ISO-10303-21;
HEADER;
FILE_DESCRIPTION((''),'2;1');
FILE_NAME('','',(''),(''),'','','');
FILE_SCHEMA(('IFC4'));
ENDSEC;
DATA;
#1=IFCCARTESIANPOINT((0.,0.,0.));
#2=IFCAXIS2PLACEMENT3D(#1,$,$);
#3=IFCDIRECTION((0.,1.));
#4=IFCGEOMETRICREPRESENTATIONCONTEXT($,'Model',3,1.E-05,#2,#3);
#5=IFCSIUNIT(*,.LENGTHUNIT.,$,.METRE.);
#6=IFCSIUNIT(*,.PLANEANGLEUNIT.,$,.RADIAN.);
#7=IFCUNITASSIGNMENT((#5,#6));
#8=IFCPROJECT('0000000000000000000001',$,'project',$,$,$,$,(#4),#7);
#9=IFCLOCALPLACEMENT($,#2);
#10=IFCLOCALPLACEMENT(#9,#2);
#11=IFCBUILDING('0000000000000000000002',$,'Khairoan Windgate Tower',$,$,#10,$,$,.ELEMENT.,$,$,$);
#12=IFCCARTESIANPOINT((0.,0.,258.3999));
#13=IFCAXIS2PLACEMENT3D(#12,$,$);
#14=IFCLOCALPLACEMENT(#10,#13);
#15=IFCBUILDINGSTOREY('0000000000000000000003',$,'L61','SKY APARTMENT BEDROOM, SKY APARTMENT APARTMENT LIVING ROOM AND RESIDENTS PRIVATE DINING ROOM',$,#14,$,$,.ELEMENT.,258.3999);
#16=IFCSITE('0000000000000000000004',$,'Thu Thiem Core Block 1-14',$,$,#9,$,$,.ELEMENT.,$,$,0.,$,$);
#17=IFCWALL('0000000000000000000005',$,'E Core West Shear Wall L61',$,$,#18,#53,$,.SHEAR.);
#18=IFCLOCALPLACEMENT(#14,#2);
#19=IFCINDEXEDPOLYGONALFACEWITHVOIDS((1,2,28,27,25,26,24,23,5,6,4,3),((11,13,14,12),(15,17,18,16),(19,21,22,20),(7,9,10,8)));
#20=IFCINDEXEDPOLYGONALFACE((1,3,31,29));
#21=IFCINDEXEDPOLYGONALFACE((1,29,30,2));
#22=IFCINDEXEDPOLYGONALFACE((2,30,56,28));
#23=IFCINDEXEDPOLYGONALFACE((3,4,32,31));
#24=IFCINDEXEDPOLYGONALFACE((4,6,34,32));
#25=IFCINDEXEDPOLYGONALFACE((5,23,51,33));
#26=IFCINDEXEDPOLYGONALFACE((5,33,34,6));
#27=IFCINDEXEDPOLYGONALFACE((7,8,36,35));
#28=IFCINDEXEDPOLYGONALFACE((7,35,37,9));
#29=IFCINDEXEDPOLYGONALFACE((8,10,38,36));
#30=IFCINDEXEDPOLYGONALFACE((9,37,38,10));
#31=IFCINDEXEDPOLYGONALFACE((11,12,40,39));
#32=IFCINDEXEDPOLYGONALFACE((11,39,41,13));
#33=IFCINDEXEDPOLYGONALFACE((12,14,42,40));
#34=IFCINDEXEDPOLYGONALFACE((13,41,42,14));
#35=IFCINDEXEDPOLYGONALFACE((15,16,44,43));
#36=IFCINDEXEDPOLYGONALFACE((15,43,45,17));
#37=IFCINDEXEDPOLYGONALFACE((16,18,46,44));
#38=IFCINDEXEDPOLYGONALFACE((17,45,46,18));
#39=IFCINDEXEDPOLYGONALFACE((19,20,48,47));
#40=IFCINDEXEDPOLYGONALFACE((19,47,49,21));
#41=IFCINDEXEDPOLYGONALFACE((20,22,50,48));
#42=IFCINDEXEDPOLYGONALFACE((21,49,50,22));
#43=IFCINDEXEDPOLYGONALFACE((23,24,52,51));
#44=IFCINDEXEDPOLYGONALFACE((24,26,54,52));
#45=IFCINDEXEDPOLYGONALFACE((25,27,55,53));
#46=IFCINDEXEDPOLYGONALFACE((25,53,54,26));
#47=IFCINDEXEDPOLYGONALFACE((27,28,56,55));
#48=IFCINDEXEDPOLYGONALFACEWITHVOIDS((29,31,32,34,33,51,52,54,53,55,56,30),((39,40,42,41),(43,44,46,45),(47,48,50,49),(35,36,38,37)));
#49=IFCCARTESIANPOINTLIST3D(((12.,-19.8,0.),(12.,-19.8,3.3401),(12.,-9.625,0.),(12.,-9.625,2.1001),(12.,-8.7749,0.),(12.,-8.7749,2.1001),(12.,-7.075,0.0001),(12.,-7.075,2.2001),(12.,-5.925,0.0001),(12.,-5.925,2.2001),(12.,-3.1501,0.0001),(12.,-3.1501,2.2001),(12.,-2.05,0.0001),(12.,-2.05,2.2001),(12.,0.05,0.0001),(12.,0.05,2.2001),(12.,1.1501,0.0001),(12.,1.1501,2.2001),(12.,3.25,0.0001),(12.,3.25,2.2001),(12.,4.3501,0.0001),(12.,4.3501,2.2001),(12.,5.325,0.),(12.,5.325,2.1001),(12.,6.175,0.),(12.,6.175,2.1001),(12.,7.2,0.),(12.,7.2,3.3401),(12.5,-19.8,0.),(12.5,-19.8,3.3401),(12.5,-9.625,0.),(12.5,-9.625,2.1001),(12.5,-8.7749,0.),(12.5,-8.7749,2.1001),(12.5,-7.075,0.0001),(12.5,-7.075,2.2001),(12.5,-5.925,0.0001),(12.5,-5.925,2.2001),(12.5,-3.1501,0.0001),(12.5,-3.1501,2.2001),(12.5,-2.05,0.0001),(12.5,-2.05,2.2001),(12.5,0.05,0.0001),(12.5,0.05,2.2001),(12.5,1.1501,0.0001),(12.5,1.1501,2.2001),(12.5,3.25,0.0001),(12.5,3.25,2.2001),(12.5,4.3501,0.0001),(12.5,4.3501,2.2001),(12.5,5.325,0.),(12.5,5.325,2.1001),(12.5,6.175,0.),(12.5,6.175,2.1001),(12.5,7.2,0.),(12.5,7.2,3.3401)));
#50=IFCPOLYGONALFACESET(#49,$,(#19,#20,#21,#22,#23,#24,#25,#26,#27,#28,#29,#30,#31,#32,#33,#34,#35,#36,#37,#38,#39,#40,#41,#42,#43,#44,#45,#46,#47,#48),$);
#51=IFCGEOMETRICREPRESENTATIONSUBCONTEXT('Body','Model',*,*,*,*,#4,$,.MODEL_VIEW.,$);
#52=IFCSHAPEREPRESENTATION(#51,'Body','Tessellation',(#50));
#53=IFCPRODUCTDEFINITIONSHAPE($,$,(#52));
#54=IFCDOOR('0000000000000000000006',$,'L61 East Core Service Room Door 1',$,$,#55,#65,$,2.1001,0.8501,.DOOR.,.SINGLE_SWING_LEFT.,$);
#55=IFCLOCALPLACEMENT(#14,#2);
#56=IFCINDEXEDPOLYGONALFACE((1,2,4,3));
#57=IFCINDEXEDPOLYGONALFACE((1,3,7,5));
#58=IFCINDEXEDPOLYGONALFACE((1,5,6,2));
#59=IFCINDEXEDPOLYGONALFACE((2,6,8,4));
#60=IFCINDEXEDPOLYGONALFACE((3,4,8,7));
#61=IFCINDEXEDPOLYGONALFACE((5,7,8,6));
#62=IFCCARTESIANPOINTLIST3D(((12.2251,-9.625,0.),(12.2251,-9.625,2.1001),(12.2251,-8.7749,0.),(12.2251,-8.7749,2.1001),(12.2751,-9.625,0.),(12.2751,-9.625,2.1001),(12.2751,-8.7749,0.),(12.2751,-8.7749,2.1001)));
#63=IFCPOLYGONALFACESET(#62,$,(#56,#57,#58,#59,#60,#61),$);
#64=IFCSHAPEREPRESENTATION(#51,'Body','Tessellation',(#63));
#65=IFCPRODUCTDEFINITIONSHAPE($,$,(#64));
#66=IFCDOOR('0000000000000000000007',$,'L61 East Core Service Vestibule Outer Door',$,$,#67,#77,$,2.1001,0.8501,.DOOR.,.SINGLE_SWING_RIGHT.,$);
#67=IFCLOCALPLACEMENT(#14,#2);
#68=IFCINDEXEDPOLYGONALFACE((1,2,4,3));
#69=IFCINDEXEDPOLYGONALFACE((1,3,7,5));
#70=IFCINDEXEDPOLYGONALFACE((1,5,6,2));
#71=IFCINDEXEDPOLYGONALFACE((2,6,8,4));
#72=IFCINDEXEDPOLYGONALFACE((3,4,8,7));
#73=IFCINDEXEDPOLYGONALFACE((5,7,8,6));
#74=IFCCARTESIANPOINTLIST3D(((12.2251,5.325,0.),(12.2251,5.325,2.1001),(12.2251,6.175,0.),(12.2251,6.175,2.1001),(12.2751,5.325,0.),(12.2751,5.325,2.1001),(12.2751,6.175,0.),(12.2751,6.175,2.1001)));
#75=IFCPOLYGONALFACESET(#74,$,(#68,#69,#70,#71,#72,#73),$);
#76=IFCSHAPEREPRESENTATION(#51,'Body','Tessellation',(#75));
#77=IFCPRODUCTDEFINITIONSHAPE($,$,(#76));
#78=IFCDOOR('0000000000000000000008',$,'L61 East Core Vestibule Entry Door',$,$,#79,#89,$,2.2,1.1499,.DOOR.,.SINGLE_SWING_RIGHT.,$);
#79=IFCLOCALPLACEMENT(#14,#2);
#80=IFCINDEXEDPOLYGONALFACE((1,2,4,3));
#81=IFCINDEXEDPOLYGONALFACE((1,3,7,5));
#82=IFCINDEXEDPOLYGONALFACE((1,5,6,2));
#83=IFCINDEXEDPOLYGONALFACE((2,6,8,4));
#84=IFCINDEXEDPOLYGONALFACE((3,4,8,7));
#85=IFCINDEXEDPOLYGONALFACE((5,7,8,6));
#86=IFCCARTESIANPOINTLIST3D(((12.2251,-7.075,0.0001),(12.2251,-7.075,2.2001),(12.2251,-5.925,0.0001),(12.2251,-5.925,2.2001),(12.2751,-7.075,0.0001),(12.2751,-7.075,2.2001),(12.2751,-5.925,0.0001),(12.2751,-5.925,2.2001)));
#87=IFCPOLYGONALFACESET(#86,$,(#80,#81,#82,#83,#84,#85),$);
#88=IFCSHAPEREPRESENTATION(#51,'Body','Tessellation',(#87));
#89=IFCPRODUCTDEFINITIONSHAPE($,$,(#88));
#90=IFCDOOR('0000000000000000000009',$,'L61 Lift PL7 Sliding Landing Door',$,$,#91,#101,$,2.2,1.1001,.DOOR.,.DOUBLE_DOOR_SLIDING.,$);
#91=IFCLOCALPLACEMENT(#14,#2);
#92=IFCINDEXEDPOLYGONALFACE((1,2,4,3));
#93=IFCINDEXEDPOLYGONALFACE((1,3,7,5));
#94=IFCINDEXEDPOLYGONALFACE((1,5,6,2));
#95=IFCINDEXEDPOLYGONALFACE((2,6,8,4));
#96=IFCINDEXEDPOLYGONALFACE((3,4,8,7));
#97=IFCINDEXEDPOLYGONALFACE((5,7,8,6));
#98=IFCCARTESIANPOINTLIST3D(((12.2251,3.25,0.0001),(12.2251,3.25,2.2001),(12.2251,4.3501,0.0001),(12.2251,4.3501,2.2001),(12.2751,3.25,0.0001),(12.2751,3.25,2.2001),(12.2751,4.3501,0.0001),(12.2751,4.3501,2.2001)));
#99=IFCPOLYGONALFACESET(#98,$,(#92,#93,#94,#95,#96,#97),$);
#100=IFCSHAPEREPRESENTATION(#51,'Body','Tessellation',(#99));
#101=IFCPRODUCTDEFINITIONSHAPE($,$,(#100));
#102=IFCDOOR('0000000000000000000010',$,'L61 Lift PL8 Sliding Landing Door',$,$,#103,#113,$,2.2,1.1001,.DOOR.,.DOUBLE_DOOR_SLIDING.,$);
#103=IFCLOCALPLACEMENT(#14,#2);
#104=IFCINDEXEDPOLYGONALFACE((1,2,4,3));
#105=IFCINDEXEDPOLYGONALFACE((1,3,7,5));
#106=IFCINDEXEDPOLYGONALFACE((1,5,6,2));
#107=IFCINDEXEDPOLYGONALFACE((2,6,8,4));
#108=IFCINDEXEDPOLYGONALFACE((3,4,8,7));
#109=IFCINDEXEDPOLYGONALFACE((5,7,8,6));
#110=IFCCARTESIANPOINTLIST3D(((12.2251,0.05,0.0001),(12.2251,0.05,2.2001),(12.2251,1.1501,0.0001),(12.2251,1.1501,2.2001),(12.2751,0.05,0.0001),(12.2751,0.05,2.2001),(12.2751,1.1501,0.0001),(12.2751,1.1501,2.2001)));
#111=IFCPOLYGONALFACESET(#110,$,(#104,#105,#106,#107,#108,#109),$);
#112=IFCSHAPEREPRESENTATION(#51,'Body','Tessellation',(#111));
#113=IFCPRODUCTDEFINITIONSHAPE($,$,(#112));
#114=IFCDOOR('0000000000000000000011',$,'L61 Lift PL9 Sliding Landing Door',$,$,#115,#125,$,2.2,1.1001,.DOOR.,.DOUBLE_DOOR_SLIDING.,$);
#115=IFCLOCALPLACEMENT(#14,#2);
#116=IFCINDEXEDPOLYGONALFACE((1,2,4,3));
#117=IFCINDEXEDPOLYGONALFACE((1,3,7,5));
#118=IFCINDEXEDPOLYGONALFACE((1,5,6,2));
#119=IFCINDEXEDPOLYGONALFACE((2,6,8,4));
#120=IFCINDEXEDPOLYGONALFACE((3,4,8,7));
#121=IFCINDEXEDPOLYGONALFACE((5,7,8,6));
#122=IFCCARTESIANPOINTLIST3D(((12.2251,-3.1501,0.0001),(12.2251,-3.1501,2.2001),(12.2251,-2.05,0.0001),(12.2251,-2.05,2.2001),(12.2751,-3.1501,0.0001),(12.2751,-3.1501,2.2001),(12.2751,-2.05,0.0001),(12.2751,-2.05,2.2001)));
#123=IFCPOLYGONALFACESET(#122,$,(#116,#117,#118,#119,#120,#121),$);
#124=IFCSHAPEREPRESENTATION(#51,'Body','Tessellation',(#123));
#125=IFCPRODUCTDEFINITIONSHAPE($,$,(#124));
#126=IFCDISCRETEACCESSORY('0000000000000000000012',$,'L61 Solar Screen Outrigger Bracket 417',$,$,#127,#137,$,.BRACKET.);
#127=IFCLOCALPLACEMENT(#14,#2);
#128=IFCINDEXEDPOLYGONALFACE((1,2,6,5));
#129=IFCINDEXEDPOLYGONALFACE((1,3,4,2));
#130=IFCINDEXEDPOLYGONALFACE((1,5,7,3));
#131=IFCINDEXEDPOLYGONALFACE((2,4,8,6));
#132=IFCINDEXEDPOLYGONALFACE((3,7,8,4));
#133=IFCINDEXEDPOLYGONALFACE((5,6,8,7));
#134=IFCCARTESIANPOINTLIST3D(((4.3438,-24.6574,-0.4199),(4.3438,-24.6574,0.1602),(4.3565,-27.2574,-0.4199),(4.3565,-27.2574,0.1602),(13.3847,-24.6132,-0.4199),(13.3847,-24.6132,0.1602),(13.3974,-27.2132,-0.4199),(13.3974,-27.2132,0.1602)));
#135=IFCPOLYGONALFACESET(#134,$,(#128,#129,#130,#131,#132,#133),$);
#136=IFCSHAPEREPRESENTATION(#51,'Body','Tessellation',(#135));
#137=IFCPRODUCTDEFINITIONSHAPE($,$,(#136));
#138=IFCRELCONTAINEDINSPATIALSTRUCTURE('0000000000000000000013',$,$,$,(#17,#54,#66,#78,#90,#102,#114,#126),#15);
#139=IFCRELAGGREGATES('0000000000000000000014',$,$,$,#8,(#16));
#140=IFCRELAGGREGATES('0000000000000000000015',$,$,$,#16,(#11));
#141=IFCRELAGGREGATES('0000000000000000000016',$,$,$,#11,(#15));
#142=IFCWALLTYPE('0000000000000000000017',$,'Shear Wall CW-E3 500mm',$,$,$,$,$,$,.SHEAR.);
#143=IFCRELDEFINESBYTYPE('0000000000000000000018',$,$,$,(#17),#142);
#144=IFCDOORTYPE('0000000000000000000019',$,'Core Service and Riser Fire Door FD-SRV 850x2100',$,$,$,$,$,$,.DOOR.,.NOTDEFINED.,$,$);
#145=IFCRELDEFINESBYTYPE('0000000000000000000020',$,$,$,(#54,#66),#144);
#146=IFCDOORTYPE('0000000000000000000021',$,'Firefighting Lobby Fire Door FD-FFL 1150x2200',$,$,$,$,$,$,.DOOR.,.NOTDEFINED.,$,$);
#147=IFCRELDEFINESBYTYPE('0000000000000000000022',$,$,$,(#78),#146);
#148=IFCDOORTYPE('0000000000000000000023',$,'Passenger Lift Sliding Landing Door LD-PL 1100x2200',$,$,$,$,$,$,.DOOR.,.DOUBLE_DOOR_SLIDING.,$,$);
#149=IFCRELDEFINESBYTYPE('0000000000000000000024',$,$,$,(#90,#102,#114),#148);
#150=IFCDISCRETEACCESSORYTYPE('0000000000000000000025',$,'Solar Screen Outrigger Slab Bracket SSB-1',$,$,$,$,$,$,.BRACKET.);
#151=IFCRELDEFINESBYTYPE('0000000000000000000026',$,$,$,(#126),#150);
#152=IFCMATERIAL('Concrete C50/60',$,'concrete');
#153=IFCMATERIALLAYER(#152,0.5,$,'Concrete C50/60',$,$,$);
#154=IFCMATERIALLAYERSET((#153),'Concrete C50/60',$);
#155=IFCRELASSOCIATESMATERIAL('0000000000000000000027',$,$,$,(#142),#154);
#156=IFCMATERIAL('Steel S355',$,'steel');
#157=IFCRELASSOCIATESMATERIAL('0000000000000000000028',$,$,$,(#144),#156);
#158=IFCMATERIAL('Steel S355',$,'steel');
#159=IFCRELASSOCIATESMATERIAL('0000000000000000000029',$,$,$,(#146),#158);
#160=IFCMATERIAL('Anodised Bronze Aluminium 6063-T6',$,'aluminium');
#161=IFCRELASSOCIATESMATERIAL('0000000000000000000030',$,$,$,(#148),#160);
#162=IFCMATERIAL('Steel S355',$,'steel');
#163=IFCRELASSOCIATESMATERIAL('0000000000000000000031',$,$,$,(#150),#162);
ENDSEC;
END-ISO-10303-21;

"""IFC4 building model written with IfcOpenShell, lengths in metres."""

from ifc_helpers import new_model, si_unit, direction, frame, frame_2d, origin, origin_2d, place, context, subcontext, project, spatial, rectangle, extrude, material, layer, layer_set, type_object, element, fill, save


model = new_model("IFC4")

# Units and contexts
model_context = context("Model", 3, precision=1e-05, world=origin(), true_north=direction((0.0, 1.0)))
body_context = subcontext(model_context, "Body", "Model", "MODEL_VIEW")
ifc_project = project(units=[si_unit("LENGTHUNIT", "METRE"), si_unit("PLANEANGLEUNIT", "RADIAN")], contexts=[model_context])

# Site, building, storey
site_placement = place(None, origin())
site = spatial("IfcSite", under=ifc_project, at=site_placement, Name="Thu Thiem Core Block 1-14", CompositionType="ELEMENT", RefElevation=0.0)
building_placement = place(site_placement, origin())
building = spatial("IfcBuilding", under=site, at=building_placement, Name="Khairoan Windgate Tower", CompositionType="ELEMENT")
storey_placement = place(building_placement, frame((0.0, 0.0, 258.3999)))
storey = spatial("IfcBuildingStorey", under=building, at=storey_placement, Name="L61", Description="SKY APARTMENT BEDROOM, SKY APARTMENT APARTMENT LIVING ROOM AND RESIDENTS PRIVATE DINING ROOM", CompositionType="ELEMENT", Elevation=258.3999)

# Wall, openings, doors
ifc_material_1 = material(Name="Concrete C50/60", Category="concrete")
ifc_layer_1 = layer(ifc_material_1, 0.5, Name="Concrete C50/60")
ifc_layer_set_1 = layer_set([ifc_layer_1], Name="Concrete C50/60")
wall_type_1 = type_object("IfcWallType", Name="Shear Wall CW-E3 500mm", PredefinedType="SHEAR", material=ifc_layer_set_1)
wall_1_placement = place(storey_placement, frame((12.25, -19.8, 0.0), z_axis=(0.0, 0.0, 1.0), x_axis=(0.0, 1.0, 0.0)))
wall_1 = element("IfcWall", 1, at=wall_1_placement, inside=storey, type_object=wall_type_1, Name="E Core West Shear Wall L61", PredefinedType="SHEAR", context=body_context, shape_type="SweptSolid", body=[
    extrude(rectangle(XDim=27.0, YDim=0.5, at=frame_2d((13.5, 0.0))), origin(), (0.0, 0.0, 1.0), 3.3401),
])
opening_1_placement = place(wall_1_placement, frame((23.05, 0.0, 0.0)))
opening_1 = element("IfcOpeningElement", 2, at=opening_1_placement, cuts=wall_1, PredefinedType="OPENING", context=body_context, shape_type="SweptSolid", body=[
    extrude(rectangle(XDim=1.1001, YDim=2.2, at=frame_2d((0.55, 1.1001))), frame((0.0, 0.26, 0.0), z_axis=(0.0, -1.0, 0.0), x_axis=(1.0, 0.0, 0.0)), (0.0, 0.0, 1.0), 0.52),
])
opening_2_placement = place(wall_1_placement, frame((19.8501, 0.0, 0.0)))
opening_2 = element("IfcOpeningElement", 3, at=opening_2_placement, cuts=wall_1, PredefinedType="OPENING", context=body_context, shape_type="SweptSolid", body=[
    extrude(rectangle(XDim=1.1001, YDim=2.2, at=frame_2d((0.55, 1.1001))), frame((0.0, 0.26, 0.0), z_axis=(0.0, -1.0, 0.0), x_axis=(1.0, 0.0, 0.0)), (0.0, 0.0, 1.0), 0.52),
])
opening_3_placement = place(wall_1_placement, frame((16.6499, 0.0, 0.0)))
opening_3 = element("IfcOpeningElement", 4, at=opening_3_placement, cuts=wall_1, PredefinedType="OPENING", context=body_context, shape_type="SweptSolid", body=[
    extrude(rectangle(XDim=1.1001, YDim=2.2, at=frame_2d((0.55, 1.1001))), frame((0.0, 0.26, 0.0), z_axis=(0.0, -1.0, 0.0), x_axis=(1.0, 0.0, 0.0)), (0.0, 0.0, 1.0), 0.52),
])
opening_4_placement = place(wall_1_placement, frame((10.175, 0.0, 0.0)))
opening_4 = element("IfcOpeningElement", 5, at=opening_4_placement, cuts=wall_1, PredefinedType="OPENING", context=body_context, shape_type="SweptSolid", body=[
    extrude(rectangle(XDim=0.8501, YDim=2.1001, at=frame_2d((0.425, 1.05))), frame((0.0, 0.26, 0.0), z_axis=(0.0, -1.0, 0.0), x_axis=(1.0, 0.0, 0.0)), (0.0, 0.0, 1.0), 0.52),
])
opening_5_placement = place(wall_1_placement, frame((12.7251, 0.0, 0.0)))
opening_5 = element("IfcOpeningElement", 6, at=opening_5_placement, cuts=wall_1, PredefinedType="OPENING", context=body_context, shape_type="SweptSolid", body=[
    extrude(rectangle(XDim=1.1499, YDim=2.2, at=frame_2d((0.575, 1.1001))), frame((0.0, 0.26, 0.0), z_axis=(0.0, -1.0, 0.0), x_axis=(1.0, 0.0, 0.0)), (0.0, 0.0, 1.0), 0.52),
])
opening_6_placement = place(wall_1_placement, frame((25.125, 0.0, 0.0)))
opening_6 = element("IfcOpeningElement", 7, at=opening_6_placement, cuts=wall_1, PredefinedType="OPENING", context=body_context, shape_type="SweptSolid", body=[
    extrude(rectangle(XDim=0.8501, YDim=2.1001, at=frame_2d((0.425, 1.05))), frame((0.0, 0.26, 0.0), z_axis=(0.0, -1.0, 0.0), x_axis=(1.0, 0.0, 0.0)), (0.0, 0.0, 1.0), 0.52),
])
ifc_material_2 = material(Name="Steel S355", Category="steel")
door_type_1 = type_object("IfcDoorType", Name="Core Service and Riser Fire Door FD-SRV 850x2100", OperationType="NOTDEFINED", PredefinedType="DOOR", material=ifc_material_2)
door_1_placement = place(opening_4_placement, origin())
door_1 = element("IfcDoor", 8, at=door_1_placement, inside=storey, type_object=door_type_1, Name="L61 East Core Service Room Door 1", OperationType="SINGLE_SWING_LEFT", OverallHeight=2.1001, OverallWidth=0.8501, PredefinedType="DOOR", context=body_context, shape_type="SweptSolid", body=[
    extrude(rectangle(XDim=0.8501, YDim=2.1001, at=frame_2d((0.425, 1.05))), frame((0.0, 0.0249, 0.0), z_axis=(0.0, -1.0, 0.0), x_axis=(1.0, 0.0, 0.0)), (0.0, 0.0, 1.0), 0.05),
])
fill(opening_4, door_1)
door_2_placement = place(opening_6_placement, origin())
door_2 = element("IfcDoor", 9, at=door_2_placement, inside=storey, type_object=door_type_1, Name="L61 East Core Service Vestibule Outer Door", OperationType="SINGLE_SWING_RIGHT", OverallHeight=2.1001, OverallWidth=0.8501, PredefinedType="DOOR", context=body_context, shape_type="SweptSolid", body=[
    extrude(rectangle(XDim=0.8501, YDim=2.1001, at=frame_2d((0.425, 1.05))), frame((0.0, 0.0249, 0.0), z_axis=(0.0, -1.0, 0.0), x_axis=(1.0, 0.0, 0.0)), (0.0, 0.0, 1.0), 0.05),
])
fill(opening_6, door_2)
ifc_material_3 = material(Name="Steel S355", Category="steel")
door_type_2 = type_object("IfcDoorType", Name="Firefighting Lobby Fire Door FD-FFL 1150x2200", OperationType="NOTDEFINED", PredefinedType="DOOR", material=ifc_material_3)
door_3_placement = place(opening_5_placement, origin())
door_3 = element("IfcDoor", 10, at=door_3_placement, inside=storey, type_object=door_type_2, Name="L61 East Core Vestibule Entry Door", OperationType="SINGLE_SWING_RIGHT", OverallHeight=2.2, OverallWidth=1.1499, PredefinedType="DOOR", context=body_context, shape_type="SweptSolid", body=[
    extrude(rectangle(XDim=1.1499, YDim=2.2, at=frame_2d((0.575, 1.1001))), frame((0.0, 0.0249, 0.0), z_axis=(0.0, -1.0, 0.0), x_axis=(1.0, 0.0, 0.0)), (0.0, 0.0, 1.0), 0.05),
])
fill(opening_5, door_3)
ifc_material_4 = material(Name="Anodised Bronze Aluminium 6063-T6", Category="aluminium")
door_type_3 = type_object("IfcDoorType", Name="Passenger Lift Sliding Landing Door LD-PL 1100x2200", OperationType="DOUBLE_DOOR_SLIDING", PredefinedType="DOOR", material=ifc_material_4)
door_4_placement = place(opening_1_placement, origin())
door_4 = element("IfcDoor", 11, at=door_4_placement, inside=storey, type_object=door_type_3, Name="L61 Lift PL7 Sliding Landing Door", OperationType="DOUBLE_DOOR_SLIDING", OverallHeight=2.2, OverallWidth=1.1001, PredefinedType="DOOR", context=body_context, shape_type="SweptSolid", body=[
    extrude(rectangle(XDim=1.1001, YDim=2.2, at=frame_2d((0.55, 1.1001))), frame((0.0, 0.0249, 0.0), z_axis=(0.0, -1.0, 0.0), x_axis=(1.0, 0.0, 0.0)), (0.0, 0.0, 1.0), 0.05),
])
fill(opening_1, door_4)
door_5_placement = place(opening_2_placement, origin())
door_5 = element("IfcDoor", 12, at=door_5_placement, inside=storey, type_object=door_type_3, Name="L61 Lift PL8 Sliding Landing Door", OperationType="DOUBLE_DOOR_SLIDING", OverallHeight=2.2, OverallWidth=1.1001, PredefinedType="DOOR", context=body_context, shape_type="SweptSolid", body=[
    extrude(rectangle(XDim=1.1001, YDim=2.2, at=frame_2d((0.55, 1.1001))), frame((0.0, 0.0249, 0.0), z_axis=(0.0, -1.0, 0.0), x_axis=(1.0, 0.0, 0.0)), (0.0, 0.0, 1.0), 0.05),
])
fill(opening_2, door_5)
door_6_placement = place(opening_3_placement, origin())
door_6 = element("IfcDoor", 13, at=door_6_placement, inside=storey, type_object=door_type_3, Name="L61 Lift PL9 Sliding Landing Door", OperationType="DOUBLE_DOOR_SLIDING", OverallHeight=2.2, OverallWidth=1.1001, PredefinedType="DOOR", context=body_context, shape_type="SweptSolid", body=[
    extrude(rectangle(XDim=1.1001, YDim=2.2, at=frame_2d((0.55, 1.1001))), frame((0.0, 0.0249, 0.0), z_axis=(0.0, -1.0, 0.0), x_axis=(1.0, 0.0, 0.0)), (0.0, 0.0, 1.0), 0.05),
])
fill(opening_3, door_6)

# Discrete accessory
ifc_material_5 = material(Name="Steel S355", Category="steel")
discrete_accessory_type = type_object("IfcDiscreteAccessoryType", Name="Solar Screen Outrigger Slab Bracket SSB-1", PredefinedType="BRACKET", material=ifc_material_5)
discrete_accessory_placement = place(storey_placement, frame((8.8706, -25.9353, -0.4199), z_axis=(0.0, 0.0, 1.0), x_axis=(-0.999988, -0.004887, 0.0)))
element("IfcDiscreteAccessory", 14, at=discrete_accessory_placement, inside=storey, type_object=discrete_accessory_type, Name="L61 Solar Screen Outrigger Bracket 417", PredefinedType="BRACKET", context=body_context, shape_type="SweptSolid", body=[
    extrude(rectangle(XDim=9.041, YDim=2.6001, at=origin_2d()), origin(), (0.0, 0.0, 1.0), 0.5801),
])

save(model, "model.ifc")
